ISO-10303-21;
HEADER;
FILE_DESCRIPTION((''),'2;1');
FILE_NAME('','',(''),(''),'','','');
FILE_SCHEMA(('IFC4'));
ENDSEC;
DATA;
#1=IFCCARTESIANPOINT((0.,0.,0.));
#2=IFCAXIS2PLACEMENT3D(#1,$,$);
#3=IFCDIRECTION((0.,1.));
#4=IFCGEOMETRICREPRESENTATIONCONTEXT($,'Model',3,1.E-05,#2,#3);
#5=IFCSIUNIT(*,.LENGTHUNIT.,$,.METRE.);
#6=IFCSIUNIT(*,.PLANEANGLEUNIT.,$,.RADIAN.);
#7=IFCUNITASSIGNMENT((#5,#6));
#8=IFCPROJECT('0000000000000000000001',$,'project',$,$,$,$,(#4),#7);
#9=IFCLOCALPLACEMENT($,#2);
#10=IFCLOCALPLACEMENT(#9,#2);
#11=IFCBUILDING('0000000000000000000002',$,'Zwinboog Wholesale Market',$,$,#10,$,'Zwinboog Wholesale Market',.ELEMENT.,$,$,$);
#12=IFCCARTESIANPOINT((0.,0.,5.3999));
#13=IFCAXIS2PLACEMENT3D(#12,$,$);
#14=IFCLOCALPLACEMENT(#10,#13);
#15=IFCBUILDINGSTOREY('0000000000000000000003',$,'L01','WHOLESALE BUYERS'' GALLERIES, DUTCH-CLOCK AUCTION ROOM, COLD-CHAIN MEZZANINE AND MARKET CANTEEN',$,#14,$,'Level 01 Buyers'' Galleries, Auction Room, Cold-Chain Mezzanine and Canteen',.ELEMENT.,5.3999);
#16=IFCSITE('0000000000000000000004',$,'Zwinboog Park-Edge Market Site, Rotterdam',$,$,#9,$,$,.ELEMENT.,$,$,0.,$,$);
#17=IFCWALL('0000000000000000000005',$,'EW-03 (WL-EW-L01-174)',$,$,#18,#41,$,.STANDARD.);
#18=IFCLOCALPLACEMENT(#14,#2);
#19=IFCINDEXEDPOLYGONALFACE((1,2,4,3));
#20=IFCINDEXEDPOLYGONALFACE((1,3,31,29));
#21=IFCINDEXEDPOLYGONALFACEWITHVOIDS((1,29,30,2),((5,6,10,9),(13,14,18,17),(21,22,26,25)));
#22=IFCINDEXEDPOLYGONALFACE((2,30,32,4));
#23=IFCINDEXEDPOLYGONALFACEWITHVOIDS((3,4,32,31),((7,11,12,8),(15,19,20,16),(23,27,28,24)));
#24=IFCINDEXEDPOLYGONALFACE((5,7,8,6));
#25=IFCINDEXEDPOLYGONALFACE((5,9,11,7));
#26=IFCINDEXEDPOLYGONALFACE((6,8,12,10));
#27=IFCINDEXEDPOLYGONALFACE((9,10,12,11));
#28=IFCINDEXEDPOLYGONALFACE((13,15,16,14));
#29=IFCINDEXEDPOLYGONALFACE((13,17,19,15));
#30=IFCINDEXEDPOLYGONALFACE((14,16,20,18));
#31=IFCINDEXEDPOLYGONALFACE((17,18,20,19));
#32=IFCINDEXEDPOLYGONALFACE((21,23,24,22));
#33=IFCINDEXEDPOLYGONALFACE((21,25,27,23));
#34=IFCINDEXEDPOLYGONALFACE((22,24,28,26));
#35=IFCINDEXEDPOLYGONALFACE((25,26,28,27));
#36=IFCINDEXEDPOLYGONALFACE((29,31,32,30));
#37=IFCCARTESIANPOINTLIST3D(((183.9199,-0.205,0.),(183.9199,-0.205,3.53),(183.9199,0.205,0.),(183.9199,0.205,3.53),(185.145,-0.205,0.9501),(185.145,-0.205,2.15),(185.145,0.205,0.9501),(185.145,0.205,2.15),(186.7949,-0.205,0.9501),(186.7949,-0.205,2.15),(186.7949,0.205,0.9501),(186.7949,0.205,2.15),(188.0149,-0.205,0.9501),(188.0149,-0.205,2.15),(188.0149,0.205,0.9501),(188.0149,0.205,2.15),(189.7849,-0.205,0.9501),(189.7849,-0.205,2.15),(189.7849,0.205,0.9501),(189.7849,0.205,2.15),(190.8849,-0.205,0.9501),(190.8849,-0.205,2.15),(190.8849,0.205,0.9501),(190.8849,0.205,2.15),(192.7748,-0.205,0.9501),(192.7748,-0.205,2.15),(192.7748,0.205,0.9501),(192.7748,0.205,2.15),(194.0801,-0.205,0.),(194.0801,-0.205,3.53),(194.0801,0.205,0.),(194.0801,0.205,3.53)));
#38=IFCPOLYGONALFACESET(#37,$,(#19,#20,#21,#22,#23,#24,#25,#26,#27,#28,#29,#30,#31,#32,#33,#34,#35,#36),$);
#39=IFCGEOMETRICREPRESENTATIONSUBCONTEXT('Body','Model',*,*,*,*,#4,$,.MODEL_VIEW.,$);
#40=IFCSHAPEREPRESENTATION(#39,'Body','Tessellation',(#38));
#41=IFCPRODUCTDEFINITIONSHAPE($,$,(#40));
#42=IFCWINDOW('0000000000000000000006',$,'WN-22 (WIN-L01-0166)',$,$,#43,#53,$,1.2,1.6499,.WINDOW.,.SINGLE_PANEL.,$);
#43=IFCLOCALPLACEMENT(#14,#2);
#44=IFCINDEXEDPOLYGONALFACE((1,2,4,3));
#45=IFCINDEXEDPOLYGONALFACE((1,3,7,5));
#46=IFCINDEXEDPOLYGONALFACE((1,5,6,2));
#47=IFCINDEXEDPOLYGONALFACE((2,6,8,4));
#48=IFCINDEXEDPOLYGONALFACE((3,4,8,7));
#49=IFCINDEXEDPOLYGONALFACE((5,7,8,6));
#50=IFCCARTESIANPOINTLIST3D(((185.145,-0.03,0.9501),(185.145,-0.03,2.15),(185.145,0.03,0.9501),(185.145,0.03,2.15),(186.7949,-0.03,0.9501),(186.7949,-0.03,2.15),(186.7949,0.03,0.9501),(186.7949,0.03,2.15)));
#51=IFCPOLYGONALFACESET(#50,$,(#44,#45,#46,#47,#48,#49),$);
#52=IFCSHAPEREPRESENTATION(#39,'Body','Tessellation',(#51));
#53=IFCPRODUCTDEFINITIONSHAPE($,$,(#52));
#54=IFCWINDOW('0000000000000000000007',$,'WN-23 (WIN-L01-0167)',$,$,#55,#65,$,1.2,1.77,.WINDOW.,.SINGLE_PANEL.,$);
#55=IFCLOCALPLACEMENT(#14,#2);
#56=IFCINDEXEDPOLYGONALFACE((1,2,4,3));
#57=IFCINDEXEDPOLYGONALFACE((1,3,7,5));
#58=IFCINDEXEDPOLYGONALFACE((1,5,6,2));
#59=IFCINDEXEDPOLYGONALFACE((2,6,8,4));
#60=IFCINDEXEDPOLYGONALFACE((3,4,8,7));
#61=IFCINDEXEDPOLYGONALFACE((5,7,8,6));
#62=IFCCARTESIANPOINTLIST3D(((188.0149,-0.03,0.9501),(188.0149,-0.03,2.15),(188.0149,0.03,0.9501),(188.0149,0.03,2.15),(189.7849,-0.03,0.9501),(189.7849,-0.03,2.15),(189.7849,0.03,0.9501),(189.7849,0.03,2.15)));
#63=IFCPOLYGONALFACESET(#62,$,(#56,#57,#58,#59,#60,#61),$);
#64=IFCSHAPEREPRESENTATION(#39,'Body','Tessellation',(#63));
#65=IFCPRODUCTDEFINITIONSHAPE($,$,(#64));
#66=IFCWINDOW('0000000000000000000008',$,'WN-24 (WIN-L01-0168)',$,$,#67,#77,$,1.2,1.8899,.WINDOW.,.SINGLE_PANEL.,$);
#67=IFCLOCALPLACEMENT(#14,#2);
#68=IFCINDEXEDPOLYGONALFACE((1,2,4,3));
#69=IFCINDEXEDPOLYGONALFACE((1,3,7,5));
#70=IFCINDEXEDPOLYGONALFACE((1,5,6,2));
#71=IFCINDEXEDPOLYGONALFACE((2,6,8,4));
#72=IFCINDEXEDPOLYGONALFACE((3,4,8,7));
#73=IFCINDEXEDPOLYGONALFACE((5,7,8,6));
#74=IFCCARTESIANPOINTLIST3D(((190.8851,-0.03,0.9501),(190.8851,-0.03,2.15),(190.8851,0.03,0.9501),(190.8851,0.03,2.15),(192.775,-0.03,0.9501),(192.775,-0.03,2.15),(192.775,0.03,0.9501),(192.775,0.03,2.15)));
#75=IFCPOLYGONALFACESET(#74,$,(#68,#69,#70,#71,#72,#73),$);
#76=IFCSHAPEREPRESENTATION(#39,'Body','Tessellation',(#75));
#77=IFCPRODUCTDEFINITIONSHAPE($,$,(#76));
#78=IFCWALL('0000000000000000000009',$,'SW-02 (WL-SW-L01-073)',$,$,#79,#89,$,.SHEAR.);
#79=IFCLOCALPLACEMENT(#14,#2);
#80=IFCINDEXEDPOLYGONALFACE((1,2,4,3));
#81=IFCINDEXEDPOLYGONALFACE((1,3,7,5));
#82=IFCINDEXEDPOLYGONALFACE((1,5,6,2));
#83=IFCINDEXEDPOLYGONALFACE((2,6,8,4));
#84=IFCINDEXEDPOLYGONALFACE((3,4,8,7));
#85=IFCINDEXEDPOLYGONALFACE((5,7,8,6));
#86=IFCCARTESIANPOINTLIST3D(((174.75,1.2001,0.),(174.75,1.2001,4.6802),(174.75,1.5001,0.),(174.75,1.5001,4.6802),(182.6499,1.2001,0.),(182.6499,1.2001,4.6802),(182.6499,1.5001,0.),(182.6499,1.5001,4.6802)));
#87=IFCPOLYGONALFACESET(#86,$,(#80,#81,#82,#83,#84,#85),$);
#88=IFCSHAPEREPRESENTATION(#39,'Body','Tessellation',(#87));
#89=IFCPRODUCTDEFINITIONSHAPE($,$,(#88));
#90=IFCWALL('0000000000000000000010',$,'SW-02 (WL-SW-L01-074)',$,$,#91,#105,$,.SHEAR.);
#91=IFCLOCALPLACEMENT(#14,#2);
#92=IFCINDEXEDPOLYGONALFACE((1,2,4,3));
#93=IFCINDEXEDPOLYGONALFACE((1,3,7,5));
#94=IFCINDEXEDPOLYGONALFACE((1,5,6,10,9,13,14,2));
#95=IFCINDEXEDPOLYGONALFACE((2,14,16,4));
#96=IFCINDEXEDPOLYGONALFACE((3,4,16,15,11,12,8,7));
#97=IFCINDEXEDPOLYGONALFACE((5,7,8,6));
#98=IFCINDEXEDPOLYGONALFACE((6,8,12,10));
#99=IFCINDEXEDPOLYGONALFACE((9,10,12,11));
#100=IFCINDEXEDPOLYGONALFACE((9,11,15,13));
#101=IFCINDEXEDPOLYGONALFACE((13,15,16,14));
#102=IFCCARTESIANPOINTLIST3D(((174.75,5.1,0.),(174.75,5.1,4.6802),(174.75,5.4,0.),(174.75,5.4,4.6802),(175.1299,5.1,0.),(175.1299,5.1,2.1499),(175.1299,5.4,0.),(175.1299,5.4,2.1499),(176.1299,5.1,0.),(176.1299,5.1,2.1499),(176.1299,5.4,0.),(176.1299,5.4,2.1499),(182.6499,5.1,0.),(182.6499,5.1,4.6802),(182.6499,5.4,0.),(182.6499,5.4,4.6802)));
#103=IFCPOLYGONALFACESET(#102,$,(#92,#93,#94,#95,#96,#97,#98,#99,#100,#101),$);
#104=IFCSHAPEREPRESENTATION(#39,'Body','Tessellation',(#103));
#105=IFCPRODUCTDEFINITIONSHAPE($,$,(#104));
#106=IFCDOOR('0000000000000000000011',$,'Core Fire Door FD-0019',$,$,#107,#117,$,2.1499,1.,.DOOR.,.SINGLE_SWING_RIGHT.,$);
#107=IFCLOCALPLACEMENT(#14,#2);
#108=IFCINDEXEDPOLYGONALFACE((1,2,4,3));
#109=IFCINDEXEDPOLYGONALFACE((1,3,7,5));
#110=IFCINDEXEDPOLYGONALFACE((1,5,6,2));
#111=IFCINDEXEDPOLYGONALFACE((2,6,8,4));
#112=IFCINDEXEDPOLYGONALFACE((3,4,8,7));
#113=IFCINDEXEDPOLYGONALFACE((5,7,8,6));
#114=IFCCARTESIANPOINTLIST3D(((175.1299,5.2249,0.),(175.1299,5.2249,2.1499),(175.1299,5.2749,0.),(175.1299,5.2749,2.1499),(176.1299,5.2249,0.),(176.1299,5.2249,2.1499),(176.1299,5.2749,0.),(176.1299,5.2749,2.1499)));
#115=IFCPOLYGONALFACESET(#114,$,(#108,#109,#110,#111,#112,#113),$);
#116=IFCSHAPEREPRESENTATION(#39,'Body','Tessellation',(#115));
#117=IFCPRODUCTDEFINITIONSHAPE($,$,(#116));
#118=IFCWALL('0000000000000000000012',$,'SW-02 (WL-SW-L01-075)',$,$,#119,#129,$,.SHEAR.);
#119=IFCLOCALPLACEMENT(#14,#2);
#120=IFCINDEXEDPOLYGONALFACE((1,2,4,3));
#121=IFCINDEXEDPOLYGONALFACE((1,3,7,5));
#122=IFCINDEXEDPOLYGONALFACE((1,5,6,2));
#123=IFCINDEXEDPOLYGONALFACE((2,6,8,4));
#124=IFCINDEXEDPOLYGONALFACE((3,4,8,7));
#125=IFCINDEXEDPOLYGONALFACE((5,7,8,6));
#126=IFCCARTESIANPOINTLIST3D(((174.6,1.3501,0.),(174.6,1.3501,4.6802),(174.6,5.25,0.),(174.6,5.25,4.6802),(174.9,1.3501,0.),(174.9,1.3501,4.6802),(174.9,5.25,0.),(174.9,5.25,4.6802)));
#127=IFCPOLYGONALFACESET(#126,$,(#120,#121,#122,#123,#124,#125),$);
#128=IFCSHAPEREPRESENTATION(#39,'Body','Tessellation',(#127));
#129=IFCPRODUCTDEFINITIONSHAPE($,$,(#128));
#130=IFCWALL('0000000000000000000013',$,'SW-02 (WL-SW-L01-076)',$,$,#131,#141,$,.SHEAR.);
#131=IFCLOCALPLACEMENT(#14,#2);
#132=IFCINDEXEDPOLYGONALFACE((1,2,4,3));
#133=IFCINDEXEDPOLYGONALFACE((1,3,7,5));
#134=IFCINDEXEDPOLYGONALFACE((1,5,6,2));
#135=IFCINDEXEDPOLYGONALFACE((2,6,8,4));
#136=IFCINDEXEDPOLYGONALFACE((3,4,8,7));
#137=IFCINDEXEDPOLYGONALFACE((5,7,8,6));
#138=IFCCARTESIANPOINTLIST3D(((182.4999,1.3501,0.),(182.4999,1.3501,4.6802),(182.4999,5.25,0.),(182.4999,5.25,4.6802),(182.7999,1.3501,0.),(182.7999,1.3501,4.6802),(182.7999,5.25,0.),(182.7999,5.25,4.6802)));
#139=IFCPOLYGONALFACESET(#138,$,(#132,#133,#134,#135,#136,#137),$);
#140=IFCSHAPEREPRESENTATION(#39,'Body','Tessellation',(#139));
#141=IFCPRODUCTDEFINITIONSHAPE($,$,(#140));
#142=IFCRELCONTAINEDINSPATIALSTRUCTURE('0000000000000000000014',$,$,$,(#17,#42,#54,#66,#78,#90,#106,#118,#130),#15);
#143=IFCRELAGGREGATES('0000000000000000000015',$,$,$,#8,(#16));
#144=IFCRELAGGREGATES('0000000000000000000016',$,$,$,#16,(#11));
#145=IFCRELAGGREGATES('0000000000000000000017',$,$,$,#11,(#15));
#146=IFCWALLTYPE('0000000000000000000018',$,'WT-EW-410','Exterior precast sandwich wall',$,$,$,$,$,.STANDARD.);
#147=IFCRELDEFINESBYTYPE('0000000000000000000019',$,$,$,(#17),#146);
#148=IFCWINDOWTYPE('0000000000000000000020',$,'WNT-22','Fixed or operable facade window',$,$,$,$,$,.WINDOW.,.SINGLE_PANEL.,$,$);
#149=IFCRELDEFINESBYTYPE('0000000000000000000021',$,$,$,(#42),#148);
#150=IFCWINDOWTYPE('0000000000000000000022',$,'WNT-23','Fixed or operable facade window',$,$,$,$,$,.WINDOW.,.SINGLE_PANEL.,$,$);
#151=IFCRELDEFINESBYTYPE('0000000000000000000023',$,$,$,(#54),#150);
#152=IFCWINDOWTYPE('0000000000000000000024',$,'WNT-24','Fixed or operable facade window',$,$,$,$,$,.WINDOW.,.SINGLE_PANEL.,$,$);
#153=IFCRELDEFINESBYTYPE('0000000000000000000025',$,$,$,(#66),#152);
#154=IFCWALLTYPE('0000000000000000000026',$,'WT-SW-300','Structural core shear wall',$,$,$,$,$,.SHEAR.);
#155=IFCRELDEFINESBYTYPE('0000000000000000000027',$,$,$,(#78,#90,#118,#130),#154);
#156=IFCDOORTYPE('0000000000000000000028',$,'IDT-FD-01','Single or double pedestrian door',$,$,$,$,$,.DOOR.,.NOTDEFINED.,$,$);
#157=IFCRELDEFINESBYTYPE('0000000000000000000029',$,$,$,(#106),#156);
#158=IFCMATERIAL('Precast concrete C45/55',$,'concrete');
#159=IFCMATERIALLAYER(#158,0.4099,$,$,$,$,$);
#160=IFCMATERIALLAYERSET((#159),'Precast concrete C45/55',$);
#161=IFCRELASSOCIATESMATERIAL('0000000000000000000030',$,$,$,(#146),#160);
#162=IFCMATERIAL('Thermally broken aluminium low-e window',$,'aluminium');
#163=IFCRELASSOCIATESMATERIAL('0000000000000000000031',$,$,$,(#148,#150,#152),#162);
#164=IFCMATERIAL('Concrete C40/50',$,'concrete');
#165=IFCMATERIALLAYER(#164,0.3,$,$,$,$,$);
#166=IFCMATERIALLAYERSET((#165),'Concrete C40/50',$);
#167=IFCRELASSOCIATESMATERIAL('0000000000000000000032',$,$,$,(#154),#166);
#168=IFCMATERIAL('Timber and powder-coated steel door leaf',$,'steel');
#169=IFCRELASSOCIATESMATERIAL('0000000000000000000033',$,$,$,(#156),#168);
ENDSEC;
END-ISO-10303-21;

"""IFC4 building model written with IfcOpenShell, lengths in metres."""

from ifc_helpers import new_model, si_unit, direction, frame, frame_2d, origin, place, context, subcontext, project, spatial, rectangle, extrude, material, layer, layer_set, type_object, element, fill, save


model = new_model("IFC4")

# Units and contexts
model_context = context("Model", 3, precision=1e-05, world=origin(), true_north=direction((0.0, 1.0)))
body_context = subcontext(model_context, "Body", "Model", "MODEL_VIEW")
ifc_project = project(units=[si_unit("LENGTHUNIT", "METRE"), si_unit("PLANEANGLEUNIT", "RADIAN")], contexts=[model_context])

# Site, building, storey
site_placement = place(None, origin())
site = spatial("IfcSite", under=ifc_project, at=site_placement, Name="Zwinboog Park-Edge Market Site, Rotterdam", CompositionType="ELEMENT", RefElevation=0.0)
building_placement = place(site_placement, origin())
building = spatial("IfcBuilding", under=site, at=building_placement, Name="Zwinboog Wholesale Market", LongName="Zwinboog Wholesale Market", CompositionType="ELEMENT")
storey_placement = place(building_placement, frame((0.0, 0.0, 5.3999)))
storey = spatial("IfcBuildingStorey", under=building, at=storey_placement, Name="L01", Description="WHOLESALE BUYERS' GALLERIES, DUTCH-CLOCK AUCTION ROOM, COLD-CHAIN MEZZANINE AND MARKET CANTEEN", LongName="Level 01 Buyers' Galleries, Auction Room, Cold-Chain Mezzanine and Canteen", CompositionType="ELEMENT", Elevation=5.3999)

# Shared definitions
ifc_material_1 = material(Name="Precast concrete C45/55", Category="concrete")

# Wall, openings, windows
ifc_layer_1 = layer(ifc_material_1, 0.4099)
ifc_layer_set_1 = layer_set([ifc_layer_1], Name="Precast concrete C45/55")
wall_type_1 = type_object("IfcWallType", Name="WT-EW-410", Description="Exterior precast sandwich wall", PredefinedType="STANDARD", material=ifc_layer_set_1)
ifc_material_2 = material(Name="Thermally broken aluminium low-e window", Category="aluminium")
wall_1_placement = place(storey_placement, frame((183.9199, 0.0, 0.0), z_axis=(0.0, 0.0, 1.0), x_axis=(1.0, 0.0, 0.0)))
wall_1 = element("IfcWall", 1, at=wall_1_placement, inside=storey, type_object=wall_type_1, Name="EW-03 (WL-EW-L01-174)", PredefinedType="STANDARD", context=body_context, shape_type="SweptSolid", body=[
    extrude(rectangle(XDim=10.1602, YDim=0.4099, at=frame_2d((5.0801, 0.0))), origin(), (0.0, 0.0, 1.0), 3.53),
])
opening_1_placement = place(wall_1_placement, frame((1.2251, 0.0, 0.95)))
opening_1 = element("IfcOpeningElement", 2, at=opening_1_placement, cuts=wall_1, PredefinedType="OPENING", context=body_context, shape_type="SweptSolid", body=[
    extrude(rectangle(XDim=1.6499, YDim=1.2, at=frame_2d((0.825, 0.6001))), frame((0.0, 0.2148, 0.0), z_axis=(0.0, -1.0, 0.0), x_axis=(1.0, 0.0, 0.0)), (0.0, 0.0, 1.0), 0.4299),
])
opening_2_placement = place(wall_1_placement, frame((4.095, 0.0, 0.95)))
opening_2 = element("IfcOpeningElement", 3, at=opening_2_placement, cuts=wall_1, PredefinedType="OPENING", context=body_context, shape_type="SweptSolid", body=[
    extrude(rectangle(XDim=1.77, YDim=1.2, at=frame_2d((0.885, 0.6001))), frame((0.0, 0.2148, 0.0), z_axis=(0.0, -1.0, 0.0), x_axis=(1.0, 0.0, 0.0)), (0.0, 0.0, 1.0), 0.4299),
])
opening_3_placement = place(wall_1_placement, frame((6.9651, 0.0, 0.95)))
opening_3 = element("IfcOpeningElement", 4, at=opening_3_placement, cuts=wall_1, PredefinedType="OPENING", context=body_context, shape_type="SweptSolid", body=[
    extrude(rectangle(XDim=1.8899, YDim=1.2, at=frame_2d((0.9448, 0.6001))), frame((0.0, 0.2148, 0.0), z_axis=(0.0, -1.0, 0.0), x_axis=(1.0, 0.0, 0.0)), (0.0, 0.0, 1.0), 0.4299),
])
window_type_1 = type_object("IfcWindowType", Name="WNT-22", Description="Fixed or operable facade window", PartitioningType="SINGLE_PANEL", PredefinedType="WINDOW", material=ifc_material_2)
window_1_placement = place(opening_1_placement, frame((1.6499, 0.0, 0.0), z_axis=(0.0, 0.0, 1.0), x_axis=(-1.0, 0.0, 0.0)))
window_1 = element("IfcWindow", 5, at=window_1_placement, inside=storey, type_object=window_type_1, Name="WN-22 (WIN-L01-0166)", OverallHeight=1.2, OverallWidth=1.6499, PartitioningType="SINGLE_PANEL", PredefinedType="WINDOW", context=body_context, shape_type="SweptSolid", body=[
    extrude(rectangle(XDim=1.6499, YDim=1.2, at=frame_2d((0.825, 0.6001))), frame((0.0, 0.03, 0.0), z_axis=(0.0, -1.0, 0.0), x_axis=(1.0, 0.0, 0.0)), (0.0, 0.0, 1.0), 0.0601),
])
fill(opening_1, window_1)
window_type_2 = type_object("IfcWindowType", Name="WNT-23", Description="Fixed or operable facade window", PartitioningType="SINGLE_PANEL", PredefinedType="WINDOW", material=ifc_material_2)
window_2_placement = place(opening_2_placement, frame((1.77, 0.0, 0.0), z_axis=(0.0, 0.0, 1.0), x_axis=(-1.0, 0.0, 0.0)))
window_2 = element("IfcWindow", 6, at=window_2_placement, inside=storey, type_object=window_type_2, Name="WN-23 (WIN-L01-0167)", OverallHeight=1.2, OverallWidth=1.77, PartitioningType="SINGLE_PANEL", PredefinedType="WINDOW", context=body_context, shape_type="SweptSolid", body=[
    extrude(rectangle(XDim=1.77, YDim=1.2, at=frame_2d((0.885, 0.6001))), frame((0.0, 0.03, 0.0), z_axis=(0.0, -1.0, 0.0), x_axis=(1.0, 0.0, 0.0)), (0.0, 0.0, 1.0), 0.0601),
])
fill(opening_2, window_2)
window_type_3 = type_object("IfcWindowType", Name="WNT-24", Description="Fixed or operable facade window", PartitioningType="SINGLE_PANEL", PredefinedType="WINDOW", material=ifc_material_2)
window_3_placement = place(opening_3_placement, frame((1.8899, 0.0, 0.0), z_axis=(0.0, 0.0, 1.0), x_axis=(-1.0, 0.0, 0.0)))
window_3 = element("IfcWindow", 7, at=window_3_placement, inside=storey, type_object=window_type_3, Name="WN-24 (WIN-L01-0168)", OverallHeight=1.2, OverallWidth=1.8899, PartitioningType="SINGLE_PANEL", PredefinedType="WINDOW", context=body_context, shape_type="SweptSolid", body=[
    extrude(rectangle(XDim=1.8899, YDim=1.2, at=frame_2d((0.9448, 0.6001))), frame((0.0, 0.03, 0.0), z_axis=(0.0, -1.0, 0.0), x_axis=(1.0, 0.0, 0.0)), (0.0, 0.0, 1.0), 0.0601),
])
fill(opening_3, window_3)

# Wall
ifc_material_3 = material(Name="Concrete C40/50", Category="concrete")
ifc_layer_2 = layer(ifc_material_3, 0.3)
ifc_layer_set_2 = layer_set([ifc_layer_2], Name="Concrete C40/50")
wall_type_2 = type_object("IfcWallType", Name="WT-SW-300", Description="Structural core shear wall", PredefinedType="SHEAR", material=ifc_layer_set_2)
wall_2_placement = place(storey_placement, frame((174.75, 1.3501, 0.0), z_axis=(0.0, 0.0, 1.0), x_axis=(1.0, 0.0, 0.0)))
element("IfcWall", 8, at=wall_2_placement, inside=storey, type_object=wall_type_2, Name="SW-02 (WL-SW-L01-073)", PredefinedType="SHEAR", context=body_context, shape_type="SweptSolid", body=[
    extrude(rectangle(XDim=7.8999, YDim=0.3, at=frame_2d((3.95, 0.0))), origin(), (0.0, 0.0, 1.0), 4.6802),
])

# Wall, opening, door
wall_3_placement = place(storey_placement, frame((174.75, 5.25, 0.0), z_axis=(0.0, 0.0, 1.0), x_axis=(1.0, 0.0, 0.0)))
wall_3 = element("IfcWall", 9, at=wall_3_placement, inside=storey, type_object=wall_type_2, Name="SW-02 (WL-SW-L01-074)", PredefinedType="SHEAR", context=body_context, shape_type="SweptSolid", body=[
    extrude(rectangle(XDim=7.8999, YDim=0.3, at=frame_2d((3.95, 0.0))), origin(), (0.0, 0.0, 1.0), 4.6802),
])
opening_4_placement = place(wall_3_placement, frame((0.3799, 0.0, 0.0)))
opening_4 = element("IfcOpeningElement", 10, at=opening_4_placement, cuts=wall_3, PredefinedType="OPENING", context=body_context, shape_type="SweptSolid", body=[
    extrude(rectangle(XDim=1.0, YDim=2.1499, at=frame_2d((0.5, 1.075))), frame((0.0, 0.1599, 0.0), z_axis=(0.0, -1.0, 0.0), x_axis=(1.0, 0.0, 0.0)), (0.0, 0.0, 1.0), 0.3201),
])
ifc_material_4 = material(Name="Timber and powder-coated steel door leaf", Category="steel")
door_type = type_object("IfcDoorType", Name="IDT-FD-01", Description="Single or double pedestrian door", OperationType="NOTDEFINED", PredefinedType="DOOR", material=ifc_material_4)
door_placement = place(opening_4_placement, origin())
door = element("IfcDoor", 11, at=door_placement, inside=storey, type_object=door_type, Name="Core Fire Door FD-0019", OperationType="SINGLE_SWING_RIGHT", OverallHeight=2.1499, OverallWidth=1.0, PredefinedType="DOOR", context=body_context, shape_type="SweptSolid", body=[
    extrude(rectangle(XDim=1.0, YDim=2.1499, at=frame_2d((0.5, 1.075))), frame((0.0, 0.0249, 0.0), z_axis=(0.0, -1.0, 0.0), x_axis=(1.0, 0.0, 0.0)), (0.0, 0.0, 1.0), 0.05),
])
fill(opening_4, door)

# Walls
for number, where, z_axis, x_axis, name in (
    (12, (174.75, 1.3501, 0.0), (0.0, 0.0, 1.0), (0.0, 1.0, 0.0), "SW-02 (WL-SW-L01-075)"),
    (13, (182.6499, 1.3501, 0.0), (0.0, 0.0, 1.0), (0.0, 1.0, 0.0), "SW-02 (WL-SW-L01-076)"),
):
    element("IfcWall", number, at=place(storey_placement, frame(where, z_axis=z_axis, x_axis=x_axis)), inside=storey, type_object=wall_type_2, Name=name, PredefinedType="SHEAR", context=body_context, shape_type="SweptSolid", body=[
        extrude(rectangle(XDim=3.8999, YDim=0.3, at=frame_2d((1.95, 0.0))), origin(), (0.0, 0.0, 1.0), 4.6802),
    ])

save(model, "model.ifc")
